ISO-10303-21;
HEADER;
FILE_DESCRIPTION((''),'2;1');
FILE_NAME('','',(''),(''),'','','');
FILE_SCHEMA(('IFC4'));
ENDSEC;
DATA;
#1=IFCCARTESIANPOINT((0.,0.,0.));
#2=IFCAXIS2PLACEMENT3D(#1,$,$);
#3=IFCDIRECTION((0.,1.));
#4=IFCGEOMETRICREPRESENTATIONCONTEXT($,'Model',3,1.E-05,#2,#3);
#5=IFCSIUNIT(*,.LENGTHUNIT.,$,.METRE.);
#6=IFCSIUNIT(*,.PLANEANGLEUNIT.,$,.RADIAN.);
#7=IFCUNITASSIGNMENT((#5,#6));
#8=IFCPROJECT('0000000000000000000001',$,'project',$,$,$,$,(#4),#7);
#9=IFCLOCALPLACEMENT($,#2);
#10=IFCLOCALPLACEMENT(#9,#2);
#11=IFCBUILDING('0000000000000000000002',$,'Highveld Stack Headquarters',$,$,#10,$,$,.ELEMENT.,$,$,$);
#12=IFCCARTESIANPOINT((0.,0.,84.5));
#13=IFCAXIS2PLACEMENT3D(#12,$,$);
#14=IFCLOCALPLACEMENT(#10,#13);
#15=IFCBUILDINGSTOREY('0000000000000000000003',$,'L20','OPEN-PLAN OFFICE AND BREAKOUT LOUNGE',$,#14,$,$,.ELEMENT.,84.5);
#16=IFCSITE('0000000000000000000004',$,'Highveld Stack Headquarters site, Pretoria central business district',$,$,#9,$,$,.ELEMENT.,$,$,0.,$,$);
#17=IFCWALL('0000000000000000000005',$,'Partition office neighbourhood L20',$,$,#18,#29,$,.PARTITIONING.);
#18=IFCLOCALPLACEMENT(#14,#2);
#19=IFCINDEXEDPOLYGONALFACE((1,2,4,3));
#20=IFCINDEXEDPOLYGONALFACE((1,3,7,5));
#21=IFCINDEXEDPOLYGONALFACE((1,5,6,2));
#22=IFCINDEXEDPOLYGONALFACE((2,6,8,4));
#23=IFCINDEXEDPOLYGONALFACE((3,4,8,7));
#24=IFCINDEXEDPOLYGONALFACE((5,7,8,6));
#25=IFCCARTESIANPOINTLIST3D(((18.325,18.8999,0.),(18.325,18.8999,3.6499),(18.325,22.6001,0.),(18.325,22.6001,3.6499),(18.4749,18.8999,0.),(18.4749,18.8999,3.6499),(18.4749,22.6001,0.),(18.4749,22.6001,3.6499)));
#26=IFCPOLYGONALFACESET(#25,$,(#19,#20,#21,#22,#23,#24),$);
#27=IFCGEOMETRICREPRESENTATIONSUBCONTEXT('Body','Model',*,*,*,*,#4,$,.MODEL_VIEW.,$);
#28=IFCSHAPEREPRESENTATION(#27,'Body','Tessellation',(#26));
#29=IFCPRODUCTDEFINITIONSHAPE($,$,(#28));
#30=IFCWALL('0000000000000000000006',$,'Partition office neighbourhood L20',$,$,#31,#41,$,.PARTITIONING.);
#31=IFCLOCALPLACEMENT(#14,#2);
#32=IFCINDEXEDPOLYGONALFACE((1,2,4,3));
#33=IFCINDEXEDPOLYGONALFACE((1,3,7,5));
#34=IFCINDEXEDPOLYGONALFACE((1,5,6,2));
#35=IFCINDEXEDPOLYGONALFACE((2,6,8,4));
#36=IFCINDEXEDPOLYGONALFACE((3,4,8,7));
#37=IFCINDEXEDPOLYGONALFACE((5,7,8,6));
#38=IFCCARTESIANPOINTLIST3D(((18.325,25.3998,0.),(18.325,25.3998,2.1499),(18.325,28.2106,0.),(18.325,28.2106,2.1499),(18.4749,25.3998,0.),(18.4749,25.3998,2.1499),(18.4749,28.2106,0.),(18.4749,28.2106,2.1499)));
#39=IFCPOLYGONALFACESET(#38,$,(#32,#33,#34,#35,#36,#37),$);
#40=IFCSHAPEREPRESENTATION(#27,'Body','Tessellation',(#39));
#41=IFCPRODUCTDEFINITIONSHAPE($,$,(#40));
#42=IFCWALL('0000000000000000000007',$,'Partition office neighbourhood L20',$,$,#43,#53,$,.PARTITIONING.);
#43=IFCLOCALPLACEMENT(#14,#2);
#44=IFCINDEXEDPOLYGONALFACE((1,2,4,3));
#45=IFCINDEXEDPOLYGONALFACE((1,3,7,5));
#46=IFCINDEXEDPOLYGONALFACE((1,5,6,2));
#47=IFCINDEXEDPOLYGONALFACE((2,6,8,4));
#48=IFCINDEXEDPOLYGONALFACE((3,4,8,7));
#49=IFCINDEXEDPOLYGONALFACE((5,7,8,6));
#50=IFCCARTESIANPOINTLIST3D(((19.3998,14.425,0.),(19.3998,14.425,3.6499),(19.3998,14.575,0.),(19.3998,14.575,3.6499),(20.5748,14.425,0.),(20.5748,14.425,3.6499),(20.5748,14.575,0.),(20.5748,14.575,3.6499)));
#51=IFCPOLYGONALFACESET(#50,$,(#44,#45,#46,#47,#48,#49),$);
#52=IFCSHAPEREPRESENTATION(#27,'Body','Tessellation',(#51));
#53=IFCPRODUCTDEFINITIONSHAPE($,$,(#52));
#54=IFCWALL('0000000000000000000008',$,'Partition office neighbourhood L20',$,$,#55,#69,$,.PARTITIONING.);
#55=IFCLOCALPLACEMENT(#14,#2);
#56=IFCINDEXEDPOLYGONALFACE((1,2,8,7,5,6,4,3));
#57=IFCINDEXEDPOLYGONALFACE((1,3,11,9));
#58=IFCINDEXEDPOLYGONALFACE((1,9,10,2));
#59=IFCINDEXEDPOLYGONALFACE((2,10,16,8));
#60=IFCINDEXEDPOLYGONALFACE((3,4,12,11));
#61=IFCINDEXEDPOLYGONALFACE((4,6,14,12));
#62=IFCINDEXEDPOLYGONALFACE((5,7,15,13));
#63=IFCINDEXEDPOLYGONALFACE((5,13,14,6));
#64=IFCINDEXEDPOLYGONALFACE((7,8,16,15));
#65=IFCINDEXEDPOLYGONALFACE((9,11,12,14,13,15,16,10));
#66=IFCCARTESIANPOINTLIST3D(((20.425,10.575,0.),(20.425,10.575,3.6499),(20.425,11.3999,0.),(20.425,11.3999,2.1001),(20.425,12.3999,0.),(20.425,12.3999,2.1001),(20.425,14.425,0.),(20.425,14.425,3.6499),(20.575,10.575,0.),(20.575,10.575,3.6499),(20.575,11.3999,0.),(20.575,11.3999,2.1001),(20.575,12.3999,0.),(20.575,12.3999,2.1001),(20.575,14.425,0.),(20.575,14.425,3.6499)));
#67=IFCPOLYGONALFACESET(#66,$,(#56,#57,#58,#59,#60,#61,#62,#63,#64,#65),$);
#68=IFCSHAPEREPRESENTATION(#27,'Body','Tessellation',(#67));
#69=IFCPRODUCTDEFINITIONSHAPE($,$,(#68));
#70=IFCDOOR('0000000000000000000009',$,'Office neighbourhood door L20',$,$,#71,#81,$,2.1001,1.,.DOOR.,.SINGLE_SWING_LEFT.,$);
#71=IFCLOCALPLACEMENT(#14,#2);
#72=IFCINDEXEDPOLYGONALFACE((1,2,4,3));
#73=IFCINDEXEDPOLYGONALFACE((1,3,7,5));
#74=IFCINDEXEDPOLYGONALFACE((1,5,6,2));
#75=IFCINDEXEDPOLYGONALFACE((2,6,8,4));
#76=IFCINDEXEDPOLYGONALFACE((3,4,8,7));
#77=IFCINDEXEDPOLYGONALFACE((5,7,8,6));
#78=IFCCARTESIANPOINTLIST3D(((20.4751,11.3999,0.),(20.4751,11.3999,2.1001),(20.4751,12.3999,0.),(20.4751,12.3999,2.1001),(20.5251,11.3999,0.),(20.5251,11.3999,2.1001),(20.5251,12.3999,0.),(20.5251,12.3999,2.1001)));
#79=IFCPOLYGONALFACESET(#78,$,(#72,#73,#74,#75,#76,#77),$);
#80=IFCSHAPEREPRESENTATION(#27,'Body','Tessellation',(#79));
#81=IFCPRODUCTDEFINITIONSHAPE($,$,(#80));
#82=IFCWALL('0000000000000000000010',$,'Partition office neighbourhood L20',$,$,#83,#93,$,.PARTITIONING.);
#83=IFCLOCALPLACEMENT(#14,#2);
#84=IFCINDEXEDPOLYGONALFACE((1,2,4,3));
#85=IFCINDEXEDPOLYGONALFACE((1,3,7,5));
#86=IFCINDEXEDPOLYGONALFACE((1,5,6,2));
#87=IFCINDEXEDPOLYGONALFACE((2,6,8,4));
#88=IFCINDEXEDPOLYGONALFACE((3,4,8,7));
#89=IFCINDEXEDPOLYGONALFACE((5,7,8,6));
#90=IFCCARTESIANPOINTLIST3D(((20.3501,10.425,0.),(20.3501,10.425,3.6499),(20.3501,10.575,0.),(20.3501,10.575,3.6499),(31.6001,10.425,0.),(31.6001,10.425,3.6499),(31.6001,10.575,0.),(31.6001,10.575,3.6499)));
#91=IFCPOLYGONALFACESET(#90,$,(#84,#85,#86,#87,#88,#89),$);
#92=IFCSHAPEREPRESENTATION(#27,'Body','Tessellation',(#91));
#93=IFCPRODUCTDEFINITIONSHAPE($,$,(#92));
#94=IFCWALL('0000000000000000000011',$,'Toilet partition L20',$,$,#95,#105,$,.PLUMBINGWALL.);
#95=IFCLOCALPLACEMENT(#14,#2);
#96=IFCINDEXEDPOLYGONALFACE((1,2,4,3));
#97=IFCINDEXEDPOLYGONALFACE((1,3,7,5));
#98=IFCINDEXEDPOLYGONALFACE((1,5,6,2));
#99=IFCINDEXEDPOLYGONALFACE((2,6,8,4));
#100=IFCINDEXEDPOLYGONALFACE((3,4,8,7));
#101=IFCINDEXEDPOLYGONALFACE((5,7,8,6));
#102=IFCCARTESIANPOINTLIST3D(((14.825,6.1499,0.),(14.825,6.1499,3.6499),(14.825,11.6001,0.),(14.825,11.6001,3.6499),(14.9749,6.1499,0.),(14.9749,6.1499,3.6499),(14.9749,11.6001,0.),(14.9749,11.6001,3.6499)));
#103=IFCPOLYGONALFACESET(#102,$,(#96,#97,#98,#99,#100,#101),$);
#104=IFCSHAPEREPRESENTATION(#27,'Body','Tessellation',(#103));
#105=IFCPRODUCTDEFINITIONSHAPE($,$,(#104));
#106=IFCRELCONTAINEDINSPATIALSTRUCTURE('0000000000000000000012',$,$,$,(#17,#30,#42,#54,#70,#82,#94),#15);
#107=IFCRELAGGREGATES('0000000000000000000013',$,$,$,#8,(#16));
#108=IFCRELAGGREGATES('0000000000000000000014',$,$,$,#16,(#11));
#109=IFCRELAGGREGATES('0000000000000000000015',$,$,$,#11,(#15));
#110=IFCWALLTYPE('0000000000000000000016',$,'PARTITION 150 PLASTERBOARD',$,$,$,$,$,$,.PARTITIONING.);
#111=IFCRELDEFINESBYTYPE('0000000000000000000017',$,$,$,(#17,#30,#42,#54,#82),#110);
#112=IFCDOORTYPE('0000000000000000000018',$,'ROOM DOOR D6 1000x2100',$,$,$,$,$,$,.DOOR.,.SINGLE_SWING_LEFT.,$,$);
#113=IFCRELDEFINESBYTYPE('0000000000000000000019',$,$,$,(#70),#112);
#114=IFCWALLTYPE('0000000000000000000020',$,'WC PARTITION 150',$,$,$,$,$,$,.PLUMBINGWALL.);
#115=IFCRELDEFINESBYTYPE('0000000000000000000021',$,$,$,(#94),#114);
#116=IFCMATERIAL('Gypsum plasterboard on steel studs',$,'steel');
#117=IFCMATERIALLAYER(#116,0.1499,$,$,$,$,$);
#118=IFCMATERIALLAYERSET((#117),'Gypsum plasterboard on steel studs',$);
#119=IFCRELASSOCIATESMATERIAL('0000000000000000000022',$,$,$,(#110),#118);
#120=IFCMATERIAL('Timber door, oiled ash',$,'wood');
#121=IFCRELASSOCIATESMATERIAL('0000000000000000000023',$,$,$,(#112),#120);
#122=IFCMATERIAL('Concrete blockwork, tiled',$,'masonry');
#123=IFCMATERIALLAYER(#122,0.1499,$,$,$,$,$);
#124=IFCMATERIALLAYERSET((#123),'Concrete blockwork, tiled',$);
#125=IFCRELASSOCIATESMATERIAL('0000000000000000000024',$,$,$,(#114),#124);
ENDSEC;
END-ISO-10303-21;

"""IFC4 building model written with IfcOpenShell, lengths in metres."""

from ifc_helpers import new_model, si_unit, direction, frame, frame_2d, origin, place, context, subcontext, project, spatial, rectangle, extrude, material, layer, layer_set, type_object, element, fill, save


model = new_model("IFC4")

# Units and contexts
model_context = context("Model", 3, precision=1e-05, world=origin(), true_north=direction((0.0, 1.0)))
body_context = subcontext(model_context, "Body", "Model", "MODEL_VIEW")
ifc_project = project(units=[si_unit("LENGTHUNIT", "METRE"), si_unit("PLANEANGLEUNIT", "RADIAN")], contexts=[model_context])

# Site, building, storey
site_placement = place(None, origin())
site = spatial("IfcSite", under=ifc_project, at=site_placement, Name="Highveld Stack Headquarters site, Pretoria central business district", CompositionType="ELEMENT", RefElevation=0.0)
building_placement = place(site_placement, origin())
building = spatial("IfcBuilding", under=site, at=building_placement, Name="Highveld Stack Headquarters", CompositionType="ELEMENT")
storey_placement = place(building_placement, frame((0.0, 0.0, 84.5)))
storey = spatial("IfcBuildingStorey", under=building, at=storey_placement, Name="L20", Description="OPEN-PLAN OFFICE AND BREAKOUT LOUNGE", CompositionType="ELEMENT", Elevation=84.5)

# Shared definitions
ifc_material_1 = material(Name="Gypsum plasterboard on steel studs", Category="steel")
ifc_layer_1 = layer(ifc_material_1, 0.1499)
ifc_layer_set_1 = layer_set([ifc_layer_1], Name="Gypsum plasterboard on steel studs")
wall_type_1 = type_object("IfcWallType", Name="PARTITION 150 PLASTERBOARD", PredefinedType="PARTITIONING", material=ifc_layer_set_1)
ifc_material_2 = material(Name="Timber door, oiled ash", Category="wood")
door_type = type_object("IfcDoorType", Name="ROOM DOOR D6 1000x2100", OperationType="SINGLE_SWING_LEFT", PredefinedType="DOOR", material=ifc_material_2)

# Walls
wall_1_placement = place(storey_placement, frame((18.3999, 18.8999, 0.0), z_axis=(0.0, 0.0, 1.0), x_axis=(0.0, 1.0, 0.0)))
element("IfcWall", 1, at=wall_1_placement, inside=storey, type_object=wall_type_1, Name="Partition office neighbourhood L20", PredefinedType="PARTITIONING", context=body_context, shape_type="SweptSolid", body=[
    extrude(rectangle(XDim=3.7002, YDim=0.1499, at=frame_2d((1.8501, 0.0))), origin(), (0.0, 0.0, 1.0), 3.6499),
])
wall_2_placement = place(storey_placement, frame((18.3999, 25.3999, 0.0), z_axis=(0.0, 0.0, 1.0), x_axis=(0.0, 1.0, 0.0)))
element("IfcWall", 2, at=wall_2_placement, inside=storey, type_object=wall_type_1, Name="Partition office neighbourhood L20", PredefinedType="PARTITIONING", context=body_context, shape_type="SweptSolid", body=[
    extrude(rectangle(XDim=2.8108, YDim=0.1499, at=frame_2d((1.4053, 0.0))), origin(), (0.0, 0.0, 1.0), 2.1499),
])
wall_3_placement = place(storey_placement, frame((19.3999, 14.5, 0.0), z_axis=(0.0, 0.0, 1.0), x_axis=(1.0, 0.0, 0.0)))
element("IfcWall", 3, at=wall_3_placement, inside=storey, type_object=wall_type_1, Name="Partition office neighbourhood L20", PredefinedType="PARTITIONING", context=body_context, shape_type="SweptSolid", body=[
    extrude(rectangle(XDim=1.175, YDim=0.1499, at=frame_2d((0.5874, 0.0))), origin(), (0.0, 0.0, 1.0), 3.6499),
])

# Wall, opening, door
wall_4_placement = place(storey_placement, frame((20.5, 10.575, 0.0), z_axis=(0.0, 0.0, 1.0), x_axis=(0.0, 1.0, 0.0)))
wall_4 = element("IfcWall", 4, at=wall_4_placement, inside=storey, type_object=wall_type_1, Name="Partition office neighbourhood L20", PredefinedType="PARTITIONING", context=body_context, shape_type="SweptSolid", body=[
    extrude(rectangle(XDim=3.8501, YDim=0.1499, at=frame_2d((1.925, 0.0))), origin(), (0.0, 0.0, 1.0), 3.6499),
])
opening_1_placement = place(wall_4_placement, frame((0.825, 0.0, 0.0)))
opening_1 = element("IfcOpeningElement", 5, at=opening_1_placement, cuts=wall_4, PredefinedType="OPENING", context=body_context, shape_type="SweptSolid", body=[
    extrude(rectangle(XDim=1.0, YDim=2.1001, at=frame_2d((0.5, 1.05))), frame((0.0, 0.085, 0.0), z_axis=(0.0, -1.0, 0.0), x_axis=(1.0, 0.0, 0.0)), (0.0, 0.0, 1.0), 0.1699),
])
door_1_placement = place(opening_1_placement, origin())
door_1 = element("IfcDoor", 6, at=door_1_placement, inside=storey, type_object=door_type, Name="Office neighbourhood door L20", OperationType="SINGLE_SWING_LEFT", OverallHeight=2.1001, OverallWidth=1.0, PredefinedType="DOOR", context=body_context, shape_type="SweptSolid", body=[
    extrude(rectangle(XDim=1.0, YDim=2.1001, at=frame_2d((0.5, 1.05))), frame((0.0, 0.0249, 0.0), z_axis=(0.0, -1.0, 0.0), x_axis=(1.0, 0.0, 0.0)), (0.0, 0.0, 1.0), 0.05),
])
fill(opening_1, door_1)

# Walls
wall_5_placement = place(storey_placement, frame((20.3501, 10.5, 0.0), z_axis=(0.0, 0.0, 1.0), x_axis=(1.0, 0.0, 0.0)))
element("IfcWall", 7, at=wall_5_placement, inside=storey, type_object=wall_type_1, Name="Partition office neighbourhood L20", PredefinedType="PARTITIONING", context=body_context, shape_type="SweptSolid", body=[
    extrude(rectangle(XDim=11.25, YDim=0.1499, at=frame_2d((5.625, 0.0))), origin(), (0.0, 0.0, 1.0), 3.6499),
])
ifc_material_3 = material(Name="Concrete blockwork, tiled", Category="masonry")
ifc_layer_2 = layer(ifc_material_3, 0.1499)
ifc_layer_set_2 = layer_set([ifc_layer_2], Name="Concrete blockwork, tiled")
wall_type_2 = type_object("IfcWallType", Name="WC PARTITION 150", PredefinedType="PLUMBINGWALL", material=ifc_layer_set_2)
wall_6_placement = place(storey_placement, frame((14.8999, 6.1499, 0.0), z_axis=(0.0, 0.0, 1.0), x_axis=(0.0, 1.0, 0.0)))
element("IfcWall", 8, at=wall_6_placement, inside=storey, type_object=wall_type_2, Name="Toilet partition L20", PredefinedType="PLUMBINGWALL", context=body_context, shape_type="SweptSolid", body=[
    extrude(rectangle(XDim=5.4502, YDim=0.1499, at=frame_2d((2.7251, 0.0))), origin(), (0.0, 0.0, 1.0), 3.6499),
])

save(model, "model.ifc")
